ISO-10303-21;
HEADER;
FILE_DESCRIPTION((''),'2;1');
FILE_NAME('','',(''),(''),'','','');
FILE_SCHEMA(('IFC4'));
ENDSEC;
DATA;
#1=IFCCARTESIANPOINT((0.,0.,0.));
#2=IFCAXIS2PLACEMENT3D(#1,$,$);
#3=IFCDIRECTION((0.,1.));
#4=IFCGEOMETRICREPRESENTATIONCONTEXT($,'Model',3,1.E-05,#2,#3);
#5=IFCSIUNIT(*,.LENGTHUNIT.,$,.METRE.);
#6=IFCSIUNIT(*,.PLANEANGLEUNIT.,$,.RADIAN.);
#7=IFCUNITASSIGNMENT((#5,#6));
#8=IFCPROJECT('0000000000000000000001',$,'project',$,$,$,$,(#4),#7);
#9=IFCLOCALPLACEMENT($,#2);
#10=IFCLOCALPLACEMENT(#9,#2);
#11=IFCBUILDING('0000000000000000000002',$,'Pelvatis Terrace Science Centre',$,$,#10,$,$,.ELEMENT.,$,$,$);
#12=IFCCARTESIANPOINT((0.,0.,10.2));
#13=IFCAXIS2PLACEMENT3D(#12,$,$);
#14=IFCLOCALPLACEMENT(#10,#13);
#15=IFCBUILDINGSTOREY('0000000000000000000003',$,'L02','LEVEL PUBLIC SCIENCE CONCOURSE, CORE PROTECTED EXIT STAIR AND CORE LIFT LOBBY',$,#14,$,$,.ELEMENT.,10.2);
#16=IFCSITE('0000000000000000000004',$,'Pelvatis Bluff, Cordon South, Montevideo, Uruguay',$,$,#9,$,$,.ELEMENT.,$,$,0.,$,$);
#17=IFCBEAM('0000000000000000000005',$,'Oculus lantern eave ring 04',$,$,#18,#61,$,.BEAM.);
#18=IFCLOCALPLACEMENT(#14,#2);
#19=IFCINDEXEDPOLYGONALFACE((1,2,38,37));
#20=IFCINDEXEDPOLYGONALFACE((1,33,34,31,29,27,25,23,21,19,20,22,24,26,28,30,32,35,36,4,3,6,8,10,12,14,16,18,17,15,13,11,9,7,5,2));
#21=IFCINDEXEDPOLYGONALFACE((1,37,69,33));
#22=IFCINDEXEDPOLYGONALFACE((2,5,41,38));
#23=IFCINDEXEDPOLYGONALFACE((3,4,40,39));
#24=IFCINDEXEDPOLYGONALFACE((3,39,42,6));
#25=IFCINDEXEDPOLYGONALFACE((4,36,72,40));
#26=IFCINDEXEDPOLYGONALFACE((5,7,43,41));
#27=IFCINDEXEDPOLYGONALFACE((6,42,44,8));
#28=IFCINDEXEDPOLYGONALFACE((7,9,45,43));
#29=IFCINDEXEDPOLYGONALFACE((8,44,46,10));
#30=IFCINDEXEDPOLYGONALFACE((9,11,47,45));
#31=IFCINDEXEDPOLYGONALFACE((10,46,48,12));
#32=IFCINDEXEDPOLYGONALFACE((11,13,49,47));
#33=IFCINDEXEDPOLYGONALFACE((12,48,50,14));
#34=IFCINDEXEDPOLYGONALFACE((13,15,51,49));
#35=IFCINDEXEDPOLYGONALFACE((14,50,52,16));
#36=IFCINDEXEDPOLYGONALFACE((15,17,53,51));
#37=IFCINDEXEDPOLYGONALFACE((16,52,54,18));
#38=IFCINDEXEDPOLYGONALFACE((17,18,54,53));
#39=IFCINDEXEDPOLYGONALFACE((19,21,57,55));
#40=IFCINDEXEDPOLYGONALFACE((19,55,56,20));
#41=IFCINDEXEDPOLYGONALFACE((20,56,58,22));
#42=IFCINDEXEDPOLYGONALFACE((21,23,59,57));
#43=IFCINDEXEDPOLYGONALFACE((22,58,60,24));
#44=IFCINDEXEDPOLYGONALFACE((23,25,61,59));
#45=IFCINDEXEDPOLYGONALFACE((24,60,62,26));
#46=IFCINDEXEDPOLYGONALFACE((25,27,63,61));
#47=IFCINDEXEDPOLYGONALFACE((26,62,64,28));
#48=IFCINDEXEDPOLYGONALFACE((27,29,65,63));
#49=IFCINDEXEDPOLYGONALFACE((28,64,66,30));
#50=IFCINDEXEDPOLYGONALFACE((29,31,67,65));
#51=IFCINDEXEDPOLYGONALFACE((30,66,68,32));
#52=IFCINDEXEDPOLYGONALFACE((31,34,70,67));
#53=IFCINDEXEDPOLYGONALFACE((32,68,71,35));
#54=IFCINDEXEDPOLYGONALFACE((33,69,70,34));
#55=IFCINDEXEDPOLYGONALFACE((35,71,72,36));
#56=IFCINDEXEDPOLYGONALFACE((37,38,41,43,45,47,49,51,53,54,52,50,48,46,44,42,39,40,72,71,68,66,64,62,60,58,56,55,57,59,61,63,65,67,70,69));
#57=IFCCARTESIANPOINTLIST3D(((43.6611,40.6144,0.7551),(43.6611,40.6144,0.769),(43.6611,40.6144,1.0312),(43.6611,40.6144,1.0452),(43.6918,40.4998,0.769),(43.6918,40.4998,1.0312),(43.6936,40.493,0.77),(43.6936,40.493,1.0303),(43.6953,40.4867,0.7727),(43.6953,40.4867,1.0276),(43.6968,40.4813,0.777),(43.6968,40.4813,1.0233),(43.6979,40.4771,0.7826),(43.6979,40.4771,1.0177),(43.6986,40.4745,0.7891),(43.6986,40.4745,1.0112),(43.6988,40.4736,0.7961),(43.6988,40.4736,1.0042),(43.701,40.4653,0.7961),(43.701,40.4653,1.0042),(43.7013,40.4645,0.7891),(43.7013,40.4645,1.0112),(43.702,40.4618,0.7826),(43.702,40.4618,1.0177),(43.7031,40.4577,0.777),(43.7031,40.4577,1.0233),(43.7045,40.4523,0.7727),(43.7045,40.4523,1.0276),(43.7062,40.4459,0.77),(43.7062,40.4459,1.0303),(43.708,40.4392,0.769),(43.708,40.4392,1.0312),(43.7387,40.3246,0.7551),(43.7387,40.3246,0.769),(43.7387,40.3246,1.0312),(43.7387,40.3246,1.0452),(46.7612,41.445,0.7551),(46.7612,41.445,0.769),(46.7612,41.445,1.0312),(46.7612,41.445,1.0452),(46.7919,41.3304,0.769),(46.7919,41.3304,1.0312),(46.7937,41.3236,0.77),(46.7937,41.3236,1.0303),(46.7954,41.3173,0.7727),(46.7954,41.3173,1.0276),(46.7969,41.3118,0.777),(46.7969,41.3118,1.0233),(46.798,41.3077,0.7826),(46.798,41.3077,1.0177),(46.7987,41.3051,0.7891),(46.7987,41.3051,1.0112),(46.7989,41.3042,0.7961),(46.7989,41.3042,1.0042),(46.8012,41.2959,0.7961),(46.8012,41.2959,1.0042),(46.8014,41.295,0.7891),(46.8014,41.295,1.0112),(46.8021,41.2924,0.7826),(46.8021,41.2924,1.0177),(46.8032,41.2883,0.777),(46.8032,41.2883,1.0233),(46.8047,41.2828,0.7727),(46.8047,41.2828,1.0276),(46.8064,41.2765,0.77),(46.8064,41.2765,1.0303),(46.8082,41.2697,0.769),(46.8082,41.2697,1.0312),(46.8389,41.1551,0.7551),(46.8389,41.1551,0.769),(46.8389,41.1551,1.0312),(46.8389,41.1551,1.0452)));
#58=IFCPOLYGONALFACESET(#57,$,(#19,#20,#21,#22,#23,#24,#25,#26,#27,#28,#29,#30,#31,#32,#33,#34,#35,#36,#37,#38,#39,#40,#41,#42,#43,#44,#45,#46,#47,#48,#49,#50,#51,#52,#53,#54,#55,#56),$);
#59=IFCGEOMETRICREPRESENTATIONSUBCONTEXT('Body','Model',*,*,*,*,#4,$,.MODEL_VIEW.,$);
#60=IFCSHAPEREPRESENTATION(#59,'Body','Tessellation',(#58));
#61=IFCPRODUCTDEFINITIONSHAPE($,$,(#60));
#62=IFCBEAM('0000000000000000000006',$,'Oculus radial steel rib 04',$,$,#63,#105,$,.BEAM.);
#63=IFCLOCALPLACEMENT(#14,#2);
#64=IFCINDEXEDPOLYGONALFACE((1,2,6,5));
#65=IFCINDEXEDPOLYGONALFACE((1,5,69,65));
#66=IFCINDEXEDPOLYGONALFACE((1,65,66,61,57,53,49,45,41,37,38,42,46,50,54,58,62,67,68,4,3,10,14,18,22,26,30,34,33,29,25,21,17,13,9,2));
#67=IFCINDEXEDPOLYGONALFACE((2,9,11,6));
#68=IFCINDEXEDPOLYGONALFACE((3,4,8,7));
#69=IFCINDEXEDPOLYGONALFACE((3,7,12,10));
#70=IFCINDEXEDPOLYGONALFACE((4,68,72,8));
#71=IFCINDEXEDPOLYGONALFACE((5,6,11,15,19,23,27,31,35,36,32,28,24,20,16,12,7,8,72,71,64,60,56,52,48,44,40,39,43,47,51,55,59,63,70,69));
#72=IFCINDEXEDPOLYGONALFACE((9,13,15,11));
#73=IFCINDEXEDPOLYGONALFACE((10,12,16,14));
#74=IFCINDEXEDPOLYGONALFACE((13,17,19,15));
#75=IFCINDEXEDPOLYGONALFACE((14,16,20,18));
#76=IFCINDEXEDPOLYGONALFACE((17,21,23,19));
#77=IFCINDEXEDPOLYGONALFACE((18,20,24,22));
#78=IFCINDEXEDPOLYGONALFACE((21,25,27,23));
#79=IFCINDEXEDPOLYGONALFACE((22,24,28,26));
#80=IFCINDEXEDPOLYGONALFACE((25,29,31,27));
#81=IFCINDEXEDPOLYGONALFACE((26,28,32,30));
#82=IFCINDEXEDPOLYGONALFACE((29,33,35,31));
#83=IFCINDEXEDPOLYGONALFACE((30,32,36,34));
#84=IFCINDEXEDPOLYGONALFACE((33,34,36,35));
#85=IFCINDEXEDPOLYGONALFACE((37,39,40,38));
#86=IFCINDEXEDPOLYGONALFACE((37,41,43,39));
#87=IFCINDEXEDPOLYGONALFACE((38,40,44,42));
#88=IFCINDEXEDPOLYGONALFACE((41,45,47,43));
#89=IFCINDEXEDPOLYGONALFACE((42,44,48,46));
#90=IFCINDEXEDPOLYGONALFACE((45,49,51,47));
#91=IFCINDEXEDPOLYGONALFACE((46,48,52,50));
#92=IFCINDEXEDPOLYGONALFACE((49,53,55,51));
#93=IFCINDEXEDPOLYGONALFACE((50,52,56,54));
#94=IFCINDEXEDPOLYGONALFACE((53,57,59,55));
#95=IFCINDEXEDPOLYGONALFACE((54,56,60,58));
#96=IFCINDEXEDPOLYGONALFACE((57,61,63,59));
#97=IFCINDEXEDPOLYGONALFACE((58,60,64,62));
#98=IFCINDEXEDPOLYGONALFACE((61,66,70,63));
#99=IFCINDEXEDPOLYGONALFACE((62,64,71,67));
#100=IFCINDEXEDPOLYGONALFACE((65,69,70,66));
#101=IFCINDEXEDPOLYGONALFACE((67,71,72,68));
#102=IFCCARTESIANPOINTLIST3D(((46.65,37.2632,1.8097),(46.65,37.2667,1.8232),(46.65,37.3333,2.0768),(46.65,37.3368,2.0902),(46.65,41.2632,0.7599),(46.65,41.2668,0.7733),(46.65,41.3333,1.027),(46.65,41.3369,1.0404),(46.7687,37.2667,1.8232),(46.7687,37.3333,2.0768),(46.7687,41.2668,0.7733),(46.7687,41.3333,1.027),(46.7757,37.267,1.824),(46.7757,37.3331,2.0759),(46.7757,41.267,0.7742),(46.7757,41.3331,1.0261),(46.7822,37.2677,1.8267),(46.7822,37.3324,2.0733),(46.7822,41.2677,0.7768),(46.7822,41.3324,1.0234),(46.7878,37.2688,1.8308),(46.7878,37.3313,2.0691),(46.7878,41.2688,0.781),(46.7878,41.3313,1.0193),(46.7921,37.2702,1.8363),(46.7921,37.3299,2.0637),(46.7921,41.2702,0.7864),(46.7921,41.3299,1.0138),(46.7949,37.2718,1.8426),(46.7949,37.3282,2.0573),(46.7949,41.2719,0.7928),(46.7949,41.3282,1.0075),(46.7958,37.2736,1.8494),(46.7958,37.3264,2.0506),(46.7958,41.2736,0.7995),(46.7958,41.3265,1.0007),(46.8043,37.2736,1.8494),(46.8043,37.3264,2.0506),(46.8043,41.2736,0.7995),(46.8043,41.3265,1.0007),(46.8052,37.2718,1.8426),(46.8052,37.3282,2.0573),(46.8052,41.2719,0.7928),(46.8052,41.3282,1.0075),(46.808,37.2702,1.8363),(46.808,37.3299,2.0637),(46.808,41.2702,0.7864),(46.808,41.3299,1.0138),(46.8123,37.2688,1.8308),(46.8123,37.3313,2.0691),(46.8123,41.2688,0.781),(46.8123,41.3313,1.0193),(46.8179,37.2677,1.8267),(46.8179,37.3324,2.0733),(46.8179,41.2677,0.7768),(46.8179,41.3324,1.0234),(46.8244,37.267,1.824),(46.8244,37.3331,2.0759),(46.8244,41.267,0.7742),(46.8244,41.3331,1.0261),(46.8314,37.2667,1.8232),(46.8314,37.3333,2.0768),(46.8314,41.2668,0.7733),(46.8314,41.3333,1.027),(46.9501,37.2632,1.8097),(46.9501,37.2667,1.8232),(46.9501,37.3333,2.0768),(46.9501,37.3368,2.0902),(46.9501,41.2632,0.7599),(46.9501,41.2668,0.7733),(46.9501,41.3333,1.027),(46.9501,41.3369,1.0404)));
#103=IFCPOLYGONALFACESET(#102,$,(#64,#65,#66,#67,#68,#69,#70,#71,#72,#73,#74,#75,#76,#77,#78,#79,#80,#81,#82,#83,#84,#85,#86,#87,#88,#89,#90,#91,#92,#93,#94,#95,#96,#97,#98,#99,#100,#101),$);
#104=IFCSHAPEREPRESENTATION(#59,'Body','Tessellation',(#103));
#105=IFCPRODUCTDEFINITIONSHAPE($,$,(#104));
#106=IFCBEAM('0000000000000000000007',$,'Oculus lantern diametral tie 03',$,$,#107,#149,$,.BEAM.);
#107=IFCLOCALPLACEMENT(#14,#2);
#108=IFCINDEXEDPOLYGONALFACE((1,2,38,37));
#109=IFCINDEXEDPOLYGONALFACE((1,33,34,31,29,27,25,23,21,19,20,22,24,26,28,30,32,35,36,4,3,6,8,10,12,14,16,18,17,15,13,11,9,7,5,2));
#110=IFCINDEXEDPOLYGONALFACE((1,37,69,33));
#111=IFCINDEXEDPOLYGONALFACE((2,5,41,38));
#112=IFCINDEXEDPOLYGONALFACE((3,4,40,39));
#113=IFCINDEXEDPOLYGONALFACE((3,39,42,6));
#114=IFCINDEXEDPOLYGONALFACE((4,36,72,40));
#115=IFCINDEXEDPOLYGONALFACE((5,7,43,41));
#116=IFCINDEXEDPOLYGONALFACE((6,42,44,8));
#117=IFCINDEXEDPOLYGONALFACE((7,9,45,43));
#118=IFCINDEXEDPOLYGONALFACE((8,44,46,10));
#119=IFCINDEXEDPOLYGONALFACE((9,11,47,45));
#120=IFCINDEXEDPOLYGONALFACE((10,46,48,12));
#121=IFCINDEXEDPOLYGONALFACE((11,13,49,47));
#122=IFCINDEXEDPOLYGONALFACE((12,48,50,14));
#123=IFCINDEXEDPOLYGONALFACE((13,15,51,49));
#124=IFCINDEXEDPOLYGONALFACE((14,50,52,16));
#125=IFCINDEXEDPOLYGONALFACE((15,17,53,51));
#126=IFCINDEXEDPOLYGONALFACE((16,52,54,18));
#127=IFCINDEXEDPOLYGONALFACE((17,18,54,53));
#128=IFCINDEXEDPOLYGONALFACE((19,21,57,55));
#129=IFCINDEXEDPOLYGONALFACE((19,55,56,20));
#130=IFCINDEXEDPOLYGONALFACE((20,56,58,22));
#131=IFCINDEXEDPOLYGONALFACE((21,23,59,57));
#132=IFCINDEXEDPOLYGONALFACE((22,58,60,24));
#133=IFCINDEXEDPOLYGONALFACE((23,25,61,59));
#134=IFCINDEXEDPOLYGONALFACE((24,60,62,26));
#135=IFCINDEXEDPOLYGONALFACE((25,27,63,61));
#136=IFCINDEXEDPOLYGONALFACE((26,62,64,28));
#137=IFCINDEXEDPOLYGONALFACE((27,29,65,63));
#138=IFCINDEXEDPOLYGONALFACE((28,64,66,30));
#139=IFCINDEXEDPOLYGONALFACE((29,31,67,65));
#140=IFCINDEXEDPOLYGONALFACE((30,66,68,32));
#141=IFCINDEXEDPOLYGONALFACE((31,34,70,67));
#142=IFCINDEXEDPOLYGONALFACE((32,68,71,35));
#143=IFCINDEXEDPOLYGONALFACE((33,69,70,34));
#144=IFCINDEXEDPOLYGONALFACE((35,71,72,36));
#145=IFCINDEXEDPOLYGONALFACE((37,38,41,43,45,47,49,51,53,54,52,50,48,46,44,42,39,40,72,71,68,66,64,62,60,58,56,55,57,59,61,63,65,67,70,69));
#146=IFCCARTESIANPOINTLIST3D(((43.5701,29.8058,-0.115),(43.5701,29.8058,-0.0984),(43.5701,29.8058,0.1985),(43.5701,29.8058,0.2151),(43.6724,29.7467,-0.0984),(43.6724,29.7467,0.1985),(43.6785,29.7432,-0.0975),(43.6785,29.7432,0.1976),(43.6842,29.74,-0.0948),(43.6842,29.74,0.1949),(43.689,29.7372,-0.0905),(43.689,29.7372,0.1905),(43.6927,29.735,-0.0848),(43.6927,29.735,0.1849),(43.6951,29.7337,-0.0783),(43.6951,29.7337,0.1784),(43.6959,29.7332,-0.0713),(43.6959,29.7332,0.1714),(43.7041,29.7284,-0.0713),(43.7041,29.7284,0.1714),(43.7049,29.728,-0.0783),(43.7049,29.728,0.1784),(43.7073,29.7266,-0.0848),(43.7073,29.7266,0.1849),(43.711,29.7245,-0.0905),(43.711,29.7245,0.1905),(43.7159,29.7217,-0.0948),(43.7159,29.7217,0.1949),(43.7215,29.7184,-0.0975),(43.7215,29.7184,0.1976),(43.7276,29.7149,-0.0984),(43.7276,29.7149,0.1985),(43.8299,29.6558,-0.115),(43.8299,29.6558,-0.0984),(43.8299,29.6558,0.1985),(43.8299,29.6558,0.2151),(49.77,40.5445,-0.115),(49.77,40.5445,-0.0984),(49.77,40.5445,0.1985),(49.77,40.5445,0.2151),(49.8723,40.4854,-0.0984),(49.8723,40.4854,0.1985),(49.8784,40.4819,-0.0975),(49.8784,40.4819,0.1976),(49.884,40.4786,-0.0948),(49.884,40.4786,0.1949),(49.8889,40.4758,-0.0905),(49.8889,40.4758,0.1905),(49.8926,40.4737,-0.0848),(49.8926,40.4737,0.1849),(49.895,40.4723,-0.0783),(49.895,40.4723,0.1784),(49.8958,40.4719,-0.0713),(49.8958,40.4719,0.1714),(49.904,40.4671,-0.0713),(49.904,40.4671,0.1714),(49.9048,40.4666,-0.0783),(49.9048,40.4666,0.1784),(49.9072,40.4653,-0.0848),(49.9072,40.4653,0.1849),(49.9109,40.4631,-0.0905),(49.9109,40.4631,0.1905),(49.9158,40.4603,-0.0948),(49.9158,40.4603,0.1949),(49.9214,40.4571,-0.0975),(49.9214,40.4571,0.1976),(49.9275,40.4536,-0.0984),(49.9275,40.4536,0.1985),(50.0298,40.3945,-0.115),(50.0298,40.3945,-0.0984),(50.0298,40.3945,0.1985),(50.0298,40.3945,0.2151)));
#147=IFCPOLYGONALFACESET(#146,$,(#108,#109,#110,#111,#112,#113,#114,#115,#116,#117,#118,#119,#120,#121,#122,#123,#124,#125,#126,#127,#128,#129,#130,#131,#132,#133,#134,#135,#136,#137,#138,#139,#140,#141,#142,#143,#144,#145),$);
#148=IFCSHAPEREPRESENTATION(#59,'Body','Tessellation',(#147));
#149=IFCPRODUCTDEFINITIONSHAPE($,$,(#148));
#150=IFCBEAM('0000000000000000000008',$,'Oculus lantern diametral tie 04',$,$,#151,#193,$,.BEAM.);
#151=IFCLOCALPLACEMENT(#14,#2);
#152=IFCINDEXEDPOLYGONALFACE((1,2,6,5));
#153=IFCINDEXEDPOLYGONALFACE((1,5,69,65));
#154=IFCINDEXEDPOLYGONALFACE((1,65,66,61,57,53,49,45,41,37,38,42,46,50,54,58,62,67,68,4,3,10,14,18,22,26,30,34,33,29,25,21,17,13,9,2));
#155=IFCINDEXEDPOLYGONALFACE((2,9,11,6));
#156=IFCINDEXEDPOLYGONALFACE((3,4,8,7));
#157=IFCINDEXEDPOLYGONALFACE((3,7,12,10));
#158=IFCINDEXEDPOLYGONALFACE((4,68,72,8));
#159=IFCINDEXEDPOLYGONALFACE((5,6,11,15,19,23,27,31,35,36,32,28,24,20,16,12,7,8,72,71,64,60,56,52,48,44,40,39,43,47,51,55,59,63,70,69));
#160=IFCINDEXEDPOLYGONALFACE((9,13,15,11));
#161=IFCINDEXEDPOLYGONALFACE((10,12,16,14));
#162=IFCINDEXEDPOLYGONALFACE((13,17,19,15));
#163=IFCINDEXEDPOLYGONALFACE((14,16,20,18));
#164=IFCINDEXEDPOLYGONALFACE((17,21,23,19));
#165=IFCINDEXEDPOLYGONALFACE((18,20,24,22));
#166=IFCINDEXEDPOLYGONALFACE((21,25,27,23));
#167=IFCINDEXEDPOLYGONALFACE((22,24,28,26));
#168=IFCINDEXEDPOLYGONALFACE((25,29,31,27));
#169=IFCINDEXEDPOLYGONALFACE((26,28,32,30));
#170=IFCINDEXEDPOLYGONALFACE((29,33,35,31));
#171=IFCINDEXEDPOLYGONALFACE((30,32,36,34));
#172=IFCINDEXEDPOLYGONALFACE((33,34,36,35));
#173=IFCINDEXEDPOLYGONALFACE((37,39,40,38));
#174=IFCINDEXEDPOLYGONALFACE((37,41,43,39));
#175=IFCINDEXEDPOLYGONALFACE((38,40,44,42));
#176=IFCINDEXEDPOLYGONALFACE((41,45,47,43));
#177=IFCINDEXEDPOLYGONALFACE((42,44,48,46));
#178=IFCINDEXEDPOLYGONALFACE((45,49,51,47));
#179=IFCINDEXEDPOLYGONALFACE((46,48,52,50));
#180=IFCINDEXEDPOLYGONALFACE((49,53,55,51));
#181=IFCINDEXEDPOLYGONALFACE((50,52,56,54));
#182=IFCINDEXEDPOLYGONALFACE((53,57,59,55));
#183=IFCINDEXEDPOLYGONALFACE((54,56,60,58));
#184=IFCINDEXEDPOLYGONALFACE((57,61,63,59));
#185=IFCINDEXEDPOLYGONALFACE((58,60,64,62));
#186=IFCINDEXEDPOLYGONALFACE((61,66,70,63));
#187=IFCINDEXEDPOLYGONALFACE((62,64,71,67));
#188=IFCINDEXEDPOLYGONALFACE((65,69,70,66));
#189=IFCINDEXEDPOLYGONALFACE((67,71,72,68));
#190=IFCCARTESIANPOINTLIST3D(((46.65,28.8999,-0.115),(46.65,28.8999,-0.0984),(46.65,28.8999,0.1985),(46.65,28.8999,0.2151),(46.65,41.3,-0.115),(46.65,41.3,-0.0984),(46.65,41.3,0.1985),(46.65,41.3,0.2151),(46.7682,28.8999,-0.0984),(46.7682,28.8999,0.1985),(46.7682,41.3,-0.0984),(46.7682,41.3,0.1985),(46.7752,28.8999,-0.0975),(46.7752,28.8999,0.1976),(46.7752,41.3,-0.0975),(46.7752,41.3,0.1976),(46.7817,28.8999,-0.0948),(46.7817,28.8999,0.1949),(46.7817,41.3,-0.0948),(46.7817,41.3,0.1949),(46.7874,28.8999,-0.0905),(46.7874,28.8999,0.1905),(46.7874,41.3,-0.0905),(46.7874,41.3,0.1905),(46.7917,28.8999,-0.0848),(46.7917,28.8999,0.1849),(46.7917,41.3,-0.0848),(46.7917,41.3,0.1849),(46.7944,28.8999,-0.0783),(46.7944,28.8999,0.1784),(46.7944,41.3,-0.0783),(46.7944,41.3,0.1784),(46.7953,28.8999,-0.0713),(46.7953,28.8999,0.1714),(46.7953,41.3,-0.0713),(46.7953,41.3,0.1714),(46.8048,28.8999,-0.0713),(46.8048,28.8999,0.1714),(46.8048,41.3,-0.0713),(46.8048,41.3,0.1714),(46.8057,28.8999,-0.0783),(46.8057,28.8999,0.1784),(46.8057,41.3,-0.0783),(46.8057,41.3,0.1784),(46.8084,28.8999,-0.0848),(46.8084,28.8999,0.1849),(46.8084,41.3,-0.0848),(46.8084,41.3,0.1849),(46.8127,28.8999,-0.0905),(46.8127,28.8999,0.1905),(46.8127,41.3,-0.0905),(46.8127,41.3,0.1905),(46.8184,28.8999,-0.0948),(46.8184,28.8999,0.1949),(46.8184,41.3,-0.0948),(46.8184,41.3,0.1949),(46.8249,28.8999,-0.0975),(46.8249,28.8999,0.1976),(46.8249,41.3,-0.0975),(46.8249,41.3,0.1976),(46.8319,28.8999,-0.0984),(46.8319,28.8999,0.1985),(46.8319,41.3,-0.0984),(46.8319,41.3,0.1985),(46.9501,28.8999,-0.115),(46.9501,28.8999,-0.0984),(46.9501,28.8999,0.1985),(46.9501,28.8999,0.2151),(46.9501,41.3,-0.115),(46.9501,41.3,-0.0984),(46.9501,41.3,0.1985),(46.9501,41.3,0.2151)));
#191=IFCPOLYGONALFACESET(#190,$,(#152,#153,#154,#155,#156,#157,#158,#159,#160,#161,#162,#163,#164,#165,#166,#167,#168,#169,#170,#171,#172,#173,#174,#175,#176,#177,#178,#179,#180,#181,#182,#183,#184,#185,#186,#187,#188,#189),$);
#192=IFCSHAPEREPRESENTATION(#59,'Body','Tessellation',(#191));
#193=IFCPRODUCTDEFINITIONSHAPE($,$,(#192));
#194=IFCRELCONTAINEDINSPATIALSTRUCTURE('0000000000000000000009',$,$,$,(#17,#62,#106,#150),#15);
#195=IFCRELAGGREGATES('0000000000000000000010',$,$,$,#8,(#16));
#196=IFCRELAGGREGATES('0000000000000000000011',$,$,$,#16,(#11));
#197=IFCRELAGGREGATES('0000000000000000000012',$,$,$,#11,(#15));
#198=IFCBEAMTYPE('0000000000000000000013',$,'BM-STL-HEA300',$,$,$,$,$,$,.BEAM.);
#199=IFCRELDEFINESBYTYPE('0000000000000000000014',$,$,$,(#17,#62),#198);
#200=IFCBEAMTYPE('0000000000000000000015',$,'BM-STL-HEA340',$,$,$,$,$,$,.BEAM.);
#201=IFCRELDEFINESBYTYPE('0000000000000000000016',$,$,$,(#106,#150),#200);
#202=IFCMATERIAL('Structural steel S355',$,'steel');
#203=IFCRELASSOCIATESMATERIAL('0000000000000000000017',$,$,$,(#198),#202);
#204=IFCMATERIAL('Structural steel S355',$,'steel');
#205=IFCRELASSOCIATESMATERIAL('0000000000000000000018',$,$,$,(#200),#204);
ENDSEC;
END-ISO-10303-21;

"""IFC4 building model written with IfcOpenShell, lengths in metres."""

from ifc_helpers import new_model, si_unit, direction, frame, origin, origin_2d, place, context, subcontext, project, spatial, i_section, extrude, material, material_profile, profile_set, type_object, element, save


model = new_model("IFC4")

# Units and contexts
model_context = context("Model", 3, precision=1e-05, world=origin(), true_north=direction((0.0, 1.0)))
body_context = subcontext(model_context, "Body", "Model", "MODEL_VIEW")
ifc_project = project(units=[si_unit("LENGTHUNIT", "METRE"), si_unit("PLANEANGLEUNIT", "RADIAN")], contexts=[model_context])

# Site, building, storey
site_placement = place(None, origin())
site = spatial("IfcSite", under=ifc_project, at=site_placement, Name="Pelvatis Bluff, Cordon South, Montevideo, Uruguay", CompositionType="ELEMENT", RefElevation=0.0)
building_placement = place(site_placement, origin())
building = spatial("IfcBuilding", under=site, at=building_placement, Name="Pelvatis Terrace Science Centre", CompositionType="ELEMENT")
storey_placement = place(building_placement, frame((0.0, 0.0, 10.2)))
storey = spatial("IfcBuildingStorey", under=building, at=storey_placement, Name="L02", Description="LEVEL PUBLIC SCIENCE CONCOURSE, CORE PROTECTED EXIT STAIR AND CORE LIFT LOBBY", CompositionType="ELEMENT", Elevation=10.2)

# Beams
ifc_material_1 = material(Name="Structural steel S355", Category="steel")
ifc_material_profile_1 = material_profile(ifc_material_1, i_section(OverallWidth=0.3, OverallDepth=0.29, WebThickness=0.0085, FlangeThickness=0.0139, FilletRadius=0.0271, at=origin_2d()), Name="HEA 300")
ifc_profile_set_1 = profile_set([ifc_material_profile_1], Name="Structural steel S355")
beam_type_1 = type_object("IfcBeamType", Name="BM-STL-HEA300", PredefinedType="BEAM", material=ifc_profile_set_1)
beam_1_placement = place(storey_placement, frame((46.8, 41.3, 0.9001), z_axis=(-0.965934, -0.258789, 0.0), x_axis=(0.258789, -0.965934, 0.0)))
element("IfcBeam", 1, at=beam_1_placement, inside=storey, type_object=beam_type_1, Name="Oculus lantern eave ring 04", PredefinedType="BEAM", context=body_context, shape_type="SweptSolid", body=[
    extrude(i_section(OverallWidth=0.3, OverallDepth=0.29, WebThickness=0.0085, FlangeThickness=0.0139, FilletRadius=0.0271, at=origin_2d()), origin(), (0.0, 0.0, 1.0), 3.2095),
])
beam_2_placement = place(storey_placement, frame((46.8, 41.3, 0.9001), z_axis=(0.0, -0.967243, 0.253854), x_axis=(1.0, 0.0, 0.0)))
element("IfcBeam", 2, at=beam_2_placement, inside=storey, type_object=beam_type_1, Name="Oculus radial steel rib 04", PredefinedType="BEAM", context=body_context, shape_type="SweptSolid", body=[
    extrude(i_section(OverallWidth=0.3, OverallDepth=0.29, WebThickness=0.0085, FlangeThickness=0.0139, FilletRadius=0.0271, at=origin_2d()), origin(), (0.0, 0.0, 1.0), 4.1355),
])
ifc_material_2 = material(Name="Structural steel S355", Category="steel")
ifc_material_profile_2 = material_profile(ifc_material_2, i_section(OverallWidth=0.3, OverallDepth=0.3301, WebThickness=0.0095, FlangeThickness=0.0166, FilletRadius=0.0271, at=origin_2d()), Name="HEA 340")
ifc_profile_set_2 = profile_set([ifc_material_profile_2], Name="Structural steel S355")
beam_type_2 = type_object("IfcBeamType", Name="BM-STL-HEA340", PredefinedType="BEAM", material=ifc_profile_set_2)
beam_3_placement = place(storey_placement, frame((49.8999, 40.4695, 0.05), z_axis=(-0.499995, -0.866028, 0.0), x_axis=(0.866028, -0.499995, 0.0)))
element("IfcBeam", 3, at=beam_3_placement, inside=storey, type_object=beam_type_2, Name="Oculus lantern diametral tie 03", PredefinedType="BEAM", context=body_context, shape_type="SweptSolid", body=[
    extrude(i_section(OverallWidth=0.3, OverallDepth=0.3301, WebThickness=0.0095, FlangeThickness=0.0166, FilletRadius=0.0271, at=origin_2d()), origin(), (0.0, 0.0, 1.0), 12.3999),
])
beam_4_placement = place(storey_placement, frame((46.8, 41.3, 0.05), z_axis=(0.0, -1.0, 0.0), x_axis=(1.0, 0.0, 0.0)))
element("IfcBeam", 4, at=beam_4_placement, inside=storey, type_object=beam_type_2, Name="Oculus lantern diametral tie 04", PredefinedType="BEAM", context=body_context, shape_type="SweptSolid", body=[
    extrude(i_section(OverallWidth=0.3, OverallDepth=0.3301, WebThickness=0.0095, FlangeThickness=0.0166, FilletRadius=0.0271, at=origin_2d()), origin(), (0.0, 0.0, 1.0), 12.4001),
])

save(model, "model.ifc")
